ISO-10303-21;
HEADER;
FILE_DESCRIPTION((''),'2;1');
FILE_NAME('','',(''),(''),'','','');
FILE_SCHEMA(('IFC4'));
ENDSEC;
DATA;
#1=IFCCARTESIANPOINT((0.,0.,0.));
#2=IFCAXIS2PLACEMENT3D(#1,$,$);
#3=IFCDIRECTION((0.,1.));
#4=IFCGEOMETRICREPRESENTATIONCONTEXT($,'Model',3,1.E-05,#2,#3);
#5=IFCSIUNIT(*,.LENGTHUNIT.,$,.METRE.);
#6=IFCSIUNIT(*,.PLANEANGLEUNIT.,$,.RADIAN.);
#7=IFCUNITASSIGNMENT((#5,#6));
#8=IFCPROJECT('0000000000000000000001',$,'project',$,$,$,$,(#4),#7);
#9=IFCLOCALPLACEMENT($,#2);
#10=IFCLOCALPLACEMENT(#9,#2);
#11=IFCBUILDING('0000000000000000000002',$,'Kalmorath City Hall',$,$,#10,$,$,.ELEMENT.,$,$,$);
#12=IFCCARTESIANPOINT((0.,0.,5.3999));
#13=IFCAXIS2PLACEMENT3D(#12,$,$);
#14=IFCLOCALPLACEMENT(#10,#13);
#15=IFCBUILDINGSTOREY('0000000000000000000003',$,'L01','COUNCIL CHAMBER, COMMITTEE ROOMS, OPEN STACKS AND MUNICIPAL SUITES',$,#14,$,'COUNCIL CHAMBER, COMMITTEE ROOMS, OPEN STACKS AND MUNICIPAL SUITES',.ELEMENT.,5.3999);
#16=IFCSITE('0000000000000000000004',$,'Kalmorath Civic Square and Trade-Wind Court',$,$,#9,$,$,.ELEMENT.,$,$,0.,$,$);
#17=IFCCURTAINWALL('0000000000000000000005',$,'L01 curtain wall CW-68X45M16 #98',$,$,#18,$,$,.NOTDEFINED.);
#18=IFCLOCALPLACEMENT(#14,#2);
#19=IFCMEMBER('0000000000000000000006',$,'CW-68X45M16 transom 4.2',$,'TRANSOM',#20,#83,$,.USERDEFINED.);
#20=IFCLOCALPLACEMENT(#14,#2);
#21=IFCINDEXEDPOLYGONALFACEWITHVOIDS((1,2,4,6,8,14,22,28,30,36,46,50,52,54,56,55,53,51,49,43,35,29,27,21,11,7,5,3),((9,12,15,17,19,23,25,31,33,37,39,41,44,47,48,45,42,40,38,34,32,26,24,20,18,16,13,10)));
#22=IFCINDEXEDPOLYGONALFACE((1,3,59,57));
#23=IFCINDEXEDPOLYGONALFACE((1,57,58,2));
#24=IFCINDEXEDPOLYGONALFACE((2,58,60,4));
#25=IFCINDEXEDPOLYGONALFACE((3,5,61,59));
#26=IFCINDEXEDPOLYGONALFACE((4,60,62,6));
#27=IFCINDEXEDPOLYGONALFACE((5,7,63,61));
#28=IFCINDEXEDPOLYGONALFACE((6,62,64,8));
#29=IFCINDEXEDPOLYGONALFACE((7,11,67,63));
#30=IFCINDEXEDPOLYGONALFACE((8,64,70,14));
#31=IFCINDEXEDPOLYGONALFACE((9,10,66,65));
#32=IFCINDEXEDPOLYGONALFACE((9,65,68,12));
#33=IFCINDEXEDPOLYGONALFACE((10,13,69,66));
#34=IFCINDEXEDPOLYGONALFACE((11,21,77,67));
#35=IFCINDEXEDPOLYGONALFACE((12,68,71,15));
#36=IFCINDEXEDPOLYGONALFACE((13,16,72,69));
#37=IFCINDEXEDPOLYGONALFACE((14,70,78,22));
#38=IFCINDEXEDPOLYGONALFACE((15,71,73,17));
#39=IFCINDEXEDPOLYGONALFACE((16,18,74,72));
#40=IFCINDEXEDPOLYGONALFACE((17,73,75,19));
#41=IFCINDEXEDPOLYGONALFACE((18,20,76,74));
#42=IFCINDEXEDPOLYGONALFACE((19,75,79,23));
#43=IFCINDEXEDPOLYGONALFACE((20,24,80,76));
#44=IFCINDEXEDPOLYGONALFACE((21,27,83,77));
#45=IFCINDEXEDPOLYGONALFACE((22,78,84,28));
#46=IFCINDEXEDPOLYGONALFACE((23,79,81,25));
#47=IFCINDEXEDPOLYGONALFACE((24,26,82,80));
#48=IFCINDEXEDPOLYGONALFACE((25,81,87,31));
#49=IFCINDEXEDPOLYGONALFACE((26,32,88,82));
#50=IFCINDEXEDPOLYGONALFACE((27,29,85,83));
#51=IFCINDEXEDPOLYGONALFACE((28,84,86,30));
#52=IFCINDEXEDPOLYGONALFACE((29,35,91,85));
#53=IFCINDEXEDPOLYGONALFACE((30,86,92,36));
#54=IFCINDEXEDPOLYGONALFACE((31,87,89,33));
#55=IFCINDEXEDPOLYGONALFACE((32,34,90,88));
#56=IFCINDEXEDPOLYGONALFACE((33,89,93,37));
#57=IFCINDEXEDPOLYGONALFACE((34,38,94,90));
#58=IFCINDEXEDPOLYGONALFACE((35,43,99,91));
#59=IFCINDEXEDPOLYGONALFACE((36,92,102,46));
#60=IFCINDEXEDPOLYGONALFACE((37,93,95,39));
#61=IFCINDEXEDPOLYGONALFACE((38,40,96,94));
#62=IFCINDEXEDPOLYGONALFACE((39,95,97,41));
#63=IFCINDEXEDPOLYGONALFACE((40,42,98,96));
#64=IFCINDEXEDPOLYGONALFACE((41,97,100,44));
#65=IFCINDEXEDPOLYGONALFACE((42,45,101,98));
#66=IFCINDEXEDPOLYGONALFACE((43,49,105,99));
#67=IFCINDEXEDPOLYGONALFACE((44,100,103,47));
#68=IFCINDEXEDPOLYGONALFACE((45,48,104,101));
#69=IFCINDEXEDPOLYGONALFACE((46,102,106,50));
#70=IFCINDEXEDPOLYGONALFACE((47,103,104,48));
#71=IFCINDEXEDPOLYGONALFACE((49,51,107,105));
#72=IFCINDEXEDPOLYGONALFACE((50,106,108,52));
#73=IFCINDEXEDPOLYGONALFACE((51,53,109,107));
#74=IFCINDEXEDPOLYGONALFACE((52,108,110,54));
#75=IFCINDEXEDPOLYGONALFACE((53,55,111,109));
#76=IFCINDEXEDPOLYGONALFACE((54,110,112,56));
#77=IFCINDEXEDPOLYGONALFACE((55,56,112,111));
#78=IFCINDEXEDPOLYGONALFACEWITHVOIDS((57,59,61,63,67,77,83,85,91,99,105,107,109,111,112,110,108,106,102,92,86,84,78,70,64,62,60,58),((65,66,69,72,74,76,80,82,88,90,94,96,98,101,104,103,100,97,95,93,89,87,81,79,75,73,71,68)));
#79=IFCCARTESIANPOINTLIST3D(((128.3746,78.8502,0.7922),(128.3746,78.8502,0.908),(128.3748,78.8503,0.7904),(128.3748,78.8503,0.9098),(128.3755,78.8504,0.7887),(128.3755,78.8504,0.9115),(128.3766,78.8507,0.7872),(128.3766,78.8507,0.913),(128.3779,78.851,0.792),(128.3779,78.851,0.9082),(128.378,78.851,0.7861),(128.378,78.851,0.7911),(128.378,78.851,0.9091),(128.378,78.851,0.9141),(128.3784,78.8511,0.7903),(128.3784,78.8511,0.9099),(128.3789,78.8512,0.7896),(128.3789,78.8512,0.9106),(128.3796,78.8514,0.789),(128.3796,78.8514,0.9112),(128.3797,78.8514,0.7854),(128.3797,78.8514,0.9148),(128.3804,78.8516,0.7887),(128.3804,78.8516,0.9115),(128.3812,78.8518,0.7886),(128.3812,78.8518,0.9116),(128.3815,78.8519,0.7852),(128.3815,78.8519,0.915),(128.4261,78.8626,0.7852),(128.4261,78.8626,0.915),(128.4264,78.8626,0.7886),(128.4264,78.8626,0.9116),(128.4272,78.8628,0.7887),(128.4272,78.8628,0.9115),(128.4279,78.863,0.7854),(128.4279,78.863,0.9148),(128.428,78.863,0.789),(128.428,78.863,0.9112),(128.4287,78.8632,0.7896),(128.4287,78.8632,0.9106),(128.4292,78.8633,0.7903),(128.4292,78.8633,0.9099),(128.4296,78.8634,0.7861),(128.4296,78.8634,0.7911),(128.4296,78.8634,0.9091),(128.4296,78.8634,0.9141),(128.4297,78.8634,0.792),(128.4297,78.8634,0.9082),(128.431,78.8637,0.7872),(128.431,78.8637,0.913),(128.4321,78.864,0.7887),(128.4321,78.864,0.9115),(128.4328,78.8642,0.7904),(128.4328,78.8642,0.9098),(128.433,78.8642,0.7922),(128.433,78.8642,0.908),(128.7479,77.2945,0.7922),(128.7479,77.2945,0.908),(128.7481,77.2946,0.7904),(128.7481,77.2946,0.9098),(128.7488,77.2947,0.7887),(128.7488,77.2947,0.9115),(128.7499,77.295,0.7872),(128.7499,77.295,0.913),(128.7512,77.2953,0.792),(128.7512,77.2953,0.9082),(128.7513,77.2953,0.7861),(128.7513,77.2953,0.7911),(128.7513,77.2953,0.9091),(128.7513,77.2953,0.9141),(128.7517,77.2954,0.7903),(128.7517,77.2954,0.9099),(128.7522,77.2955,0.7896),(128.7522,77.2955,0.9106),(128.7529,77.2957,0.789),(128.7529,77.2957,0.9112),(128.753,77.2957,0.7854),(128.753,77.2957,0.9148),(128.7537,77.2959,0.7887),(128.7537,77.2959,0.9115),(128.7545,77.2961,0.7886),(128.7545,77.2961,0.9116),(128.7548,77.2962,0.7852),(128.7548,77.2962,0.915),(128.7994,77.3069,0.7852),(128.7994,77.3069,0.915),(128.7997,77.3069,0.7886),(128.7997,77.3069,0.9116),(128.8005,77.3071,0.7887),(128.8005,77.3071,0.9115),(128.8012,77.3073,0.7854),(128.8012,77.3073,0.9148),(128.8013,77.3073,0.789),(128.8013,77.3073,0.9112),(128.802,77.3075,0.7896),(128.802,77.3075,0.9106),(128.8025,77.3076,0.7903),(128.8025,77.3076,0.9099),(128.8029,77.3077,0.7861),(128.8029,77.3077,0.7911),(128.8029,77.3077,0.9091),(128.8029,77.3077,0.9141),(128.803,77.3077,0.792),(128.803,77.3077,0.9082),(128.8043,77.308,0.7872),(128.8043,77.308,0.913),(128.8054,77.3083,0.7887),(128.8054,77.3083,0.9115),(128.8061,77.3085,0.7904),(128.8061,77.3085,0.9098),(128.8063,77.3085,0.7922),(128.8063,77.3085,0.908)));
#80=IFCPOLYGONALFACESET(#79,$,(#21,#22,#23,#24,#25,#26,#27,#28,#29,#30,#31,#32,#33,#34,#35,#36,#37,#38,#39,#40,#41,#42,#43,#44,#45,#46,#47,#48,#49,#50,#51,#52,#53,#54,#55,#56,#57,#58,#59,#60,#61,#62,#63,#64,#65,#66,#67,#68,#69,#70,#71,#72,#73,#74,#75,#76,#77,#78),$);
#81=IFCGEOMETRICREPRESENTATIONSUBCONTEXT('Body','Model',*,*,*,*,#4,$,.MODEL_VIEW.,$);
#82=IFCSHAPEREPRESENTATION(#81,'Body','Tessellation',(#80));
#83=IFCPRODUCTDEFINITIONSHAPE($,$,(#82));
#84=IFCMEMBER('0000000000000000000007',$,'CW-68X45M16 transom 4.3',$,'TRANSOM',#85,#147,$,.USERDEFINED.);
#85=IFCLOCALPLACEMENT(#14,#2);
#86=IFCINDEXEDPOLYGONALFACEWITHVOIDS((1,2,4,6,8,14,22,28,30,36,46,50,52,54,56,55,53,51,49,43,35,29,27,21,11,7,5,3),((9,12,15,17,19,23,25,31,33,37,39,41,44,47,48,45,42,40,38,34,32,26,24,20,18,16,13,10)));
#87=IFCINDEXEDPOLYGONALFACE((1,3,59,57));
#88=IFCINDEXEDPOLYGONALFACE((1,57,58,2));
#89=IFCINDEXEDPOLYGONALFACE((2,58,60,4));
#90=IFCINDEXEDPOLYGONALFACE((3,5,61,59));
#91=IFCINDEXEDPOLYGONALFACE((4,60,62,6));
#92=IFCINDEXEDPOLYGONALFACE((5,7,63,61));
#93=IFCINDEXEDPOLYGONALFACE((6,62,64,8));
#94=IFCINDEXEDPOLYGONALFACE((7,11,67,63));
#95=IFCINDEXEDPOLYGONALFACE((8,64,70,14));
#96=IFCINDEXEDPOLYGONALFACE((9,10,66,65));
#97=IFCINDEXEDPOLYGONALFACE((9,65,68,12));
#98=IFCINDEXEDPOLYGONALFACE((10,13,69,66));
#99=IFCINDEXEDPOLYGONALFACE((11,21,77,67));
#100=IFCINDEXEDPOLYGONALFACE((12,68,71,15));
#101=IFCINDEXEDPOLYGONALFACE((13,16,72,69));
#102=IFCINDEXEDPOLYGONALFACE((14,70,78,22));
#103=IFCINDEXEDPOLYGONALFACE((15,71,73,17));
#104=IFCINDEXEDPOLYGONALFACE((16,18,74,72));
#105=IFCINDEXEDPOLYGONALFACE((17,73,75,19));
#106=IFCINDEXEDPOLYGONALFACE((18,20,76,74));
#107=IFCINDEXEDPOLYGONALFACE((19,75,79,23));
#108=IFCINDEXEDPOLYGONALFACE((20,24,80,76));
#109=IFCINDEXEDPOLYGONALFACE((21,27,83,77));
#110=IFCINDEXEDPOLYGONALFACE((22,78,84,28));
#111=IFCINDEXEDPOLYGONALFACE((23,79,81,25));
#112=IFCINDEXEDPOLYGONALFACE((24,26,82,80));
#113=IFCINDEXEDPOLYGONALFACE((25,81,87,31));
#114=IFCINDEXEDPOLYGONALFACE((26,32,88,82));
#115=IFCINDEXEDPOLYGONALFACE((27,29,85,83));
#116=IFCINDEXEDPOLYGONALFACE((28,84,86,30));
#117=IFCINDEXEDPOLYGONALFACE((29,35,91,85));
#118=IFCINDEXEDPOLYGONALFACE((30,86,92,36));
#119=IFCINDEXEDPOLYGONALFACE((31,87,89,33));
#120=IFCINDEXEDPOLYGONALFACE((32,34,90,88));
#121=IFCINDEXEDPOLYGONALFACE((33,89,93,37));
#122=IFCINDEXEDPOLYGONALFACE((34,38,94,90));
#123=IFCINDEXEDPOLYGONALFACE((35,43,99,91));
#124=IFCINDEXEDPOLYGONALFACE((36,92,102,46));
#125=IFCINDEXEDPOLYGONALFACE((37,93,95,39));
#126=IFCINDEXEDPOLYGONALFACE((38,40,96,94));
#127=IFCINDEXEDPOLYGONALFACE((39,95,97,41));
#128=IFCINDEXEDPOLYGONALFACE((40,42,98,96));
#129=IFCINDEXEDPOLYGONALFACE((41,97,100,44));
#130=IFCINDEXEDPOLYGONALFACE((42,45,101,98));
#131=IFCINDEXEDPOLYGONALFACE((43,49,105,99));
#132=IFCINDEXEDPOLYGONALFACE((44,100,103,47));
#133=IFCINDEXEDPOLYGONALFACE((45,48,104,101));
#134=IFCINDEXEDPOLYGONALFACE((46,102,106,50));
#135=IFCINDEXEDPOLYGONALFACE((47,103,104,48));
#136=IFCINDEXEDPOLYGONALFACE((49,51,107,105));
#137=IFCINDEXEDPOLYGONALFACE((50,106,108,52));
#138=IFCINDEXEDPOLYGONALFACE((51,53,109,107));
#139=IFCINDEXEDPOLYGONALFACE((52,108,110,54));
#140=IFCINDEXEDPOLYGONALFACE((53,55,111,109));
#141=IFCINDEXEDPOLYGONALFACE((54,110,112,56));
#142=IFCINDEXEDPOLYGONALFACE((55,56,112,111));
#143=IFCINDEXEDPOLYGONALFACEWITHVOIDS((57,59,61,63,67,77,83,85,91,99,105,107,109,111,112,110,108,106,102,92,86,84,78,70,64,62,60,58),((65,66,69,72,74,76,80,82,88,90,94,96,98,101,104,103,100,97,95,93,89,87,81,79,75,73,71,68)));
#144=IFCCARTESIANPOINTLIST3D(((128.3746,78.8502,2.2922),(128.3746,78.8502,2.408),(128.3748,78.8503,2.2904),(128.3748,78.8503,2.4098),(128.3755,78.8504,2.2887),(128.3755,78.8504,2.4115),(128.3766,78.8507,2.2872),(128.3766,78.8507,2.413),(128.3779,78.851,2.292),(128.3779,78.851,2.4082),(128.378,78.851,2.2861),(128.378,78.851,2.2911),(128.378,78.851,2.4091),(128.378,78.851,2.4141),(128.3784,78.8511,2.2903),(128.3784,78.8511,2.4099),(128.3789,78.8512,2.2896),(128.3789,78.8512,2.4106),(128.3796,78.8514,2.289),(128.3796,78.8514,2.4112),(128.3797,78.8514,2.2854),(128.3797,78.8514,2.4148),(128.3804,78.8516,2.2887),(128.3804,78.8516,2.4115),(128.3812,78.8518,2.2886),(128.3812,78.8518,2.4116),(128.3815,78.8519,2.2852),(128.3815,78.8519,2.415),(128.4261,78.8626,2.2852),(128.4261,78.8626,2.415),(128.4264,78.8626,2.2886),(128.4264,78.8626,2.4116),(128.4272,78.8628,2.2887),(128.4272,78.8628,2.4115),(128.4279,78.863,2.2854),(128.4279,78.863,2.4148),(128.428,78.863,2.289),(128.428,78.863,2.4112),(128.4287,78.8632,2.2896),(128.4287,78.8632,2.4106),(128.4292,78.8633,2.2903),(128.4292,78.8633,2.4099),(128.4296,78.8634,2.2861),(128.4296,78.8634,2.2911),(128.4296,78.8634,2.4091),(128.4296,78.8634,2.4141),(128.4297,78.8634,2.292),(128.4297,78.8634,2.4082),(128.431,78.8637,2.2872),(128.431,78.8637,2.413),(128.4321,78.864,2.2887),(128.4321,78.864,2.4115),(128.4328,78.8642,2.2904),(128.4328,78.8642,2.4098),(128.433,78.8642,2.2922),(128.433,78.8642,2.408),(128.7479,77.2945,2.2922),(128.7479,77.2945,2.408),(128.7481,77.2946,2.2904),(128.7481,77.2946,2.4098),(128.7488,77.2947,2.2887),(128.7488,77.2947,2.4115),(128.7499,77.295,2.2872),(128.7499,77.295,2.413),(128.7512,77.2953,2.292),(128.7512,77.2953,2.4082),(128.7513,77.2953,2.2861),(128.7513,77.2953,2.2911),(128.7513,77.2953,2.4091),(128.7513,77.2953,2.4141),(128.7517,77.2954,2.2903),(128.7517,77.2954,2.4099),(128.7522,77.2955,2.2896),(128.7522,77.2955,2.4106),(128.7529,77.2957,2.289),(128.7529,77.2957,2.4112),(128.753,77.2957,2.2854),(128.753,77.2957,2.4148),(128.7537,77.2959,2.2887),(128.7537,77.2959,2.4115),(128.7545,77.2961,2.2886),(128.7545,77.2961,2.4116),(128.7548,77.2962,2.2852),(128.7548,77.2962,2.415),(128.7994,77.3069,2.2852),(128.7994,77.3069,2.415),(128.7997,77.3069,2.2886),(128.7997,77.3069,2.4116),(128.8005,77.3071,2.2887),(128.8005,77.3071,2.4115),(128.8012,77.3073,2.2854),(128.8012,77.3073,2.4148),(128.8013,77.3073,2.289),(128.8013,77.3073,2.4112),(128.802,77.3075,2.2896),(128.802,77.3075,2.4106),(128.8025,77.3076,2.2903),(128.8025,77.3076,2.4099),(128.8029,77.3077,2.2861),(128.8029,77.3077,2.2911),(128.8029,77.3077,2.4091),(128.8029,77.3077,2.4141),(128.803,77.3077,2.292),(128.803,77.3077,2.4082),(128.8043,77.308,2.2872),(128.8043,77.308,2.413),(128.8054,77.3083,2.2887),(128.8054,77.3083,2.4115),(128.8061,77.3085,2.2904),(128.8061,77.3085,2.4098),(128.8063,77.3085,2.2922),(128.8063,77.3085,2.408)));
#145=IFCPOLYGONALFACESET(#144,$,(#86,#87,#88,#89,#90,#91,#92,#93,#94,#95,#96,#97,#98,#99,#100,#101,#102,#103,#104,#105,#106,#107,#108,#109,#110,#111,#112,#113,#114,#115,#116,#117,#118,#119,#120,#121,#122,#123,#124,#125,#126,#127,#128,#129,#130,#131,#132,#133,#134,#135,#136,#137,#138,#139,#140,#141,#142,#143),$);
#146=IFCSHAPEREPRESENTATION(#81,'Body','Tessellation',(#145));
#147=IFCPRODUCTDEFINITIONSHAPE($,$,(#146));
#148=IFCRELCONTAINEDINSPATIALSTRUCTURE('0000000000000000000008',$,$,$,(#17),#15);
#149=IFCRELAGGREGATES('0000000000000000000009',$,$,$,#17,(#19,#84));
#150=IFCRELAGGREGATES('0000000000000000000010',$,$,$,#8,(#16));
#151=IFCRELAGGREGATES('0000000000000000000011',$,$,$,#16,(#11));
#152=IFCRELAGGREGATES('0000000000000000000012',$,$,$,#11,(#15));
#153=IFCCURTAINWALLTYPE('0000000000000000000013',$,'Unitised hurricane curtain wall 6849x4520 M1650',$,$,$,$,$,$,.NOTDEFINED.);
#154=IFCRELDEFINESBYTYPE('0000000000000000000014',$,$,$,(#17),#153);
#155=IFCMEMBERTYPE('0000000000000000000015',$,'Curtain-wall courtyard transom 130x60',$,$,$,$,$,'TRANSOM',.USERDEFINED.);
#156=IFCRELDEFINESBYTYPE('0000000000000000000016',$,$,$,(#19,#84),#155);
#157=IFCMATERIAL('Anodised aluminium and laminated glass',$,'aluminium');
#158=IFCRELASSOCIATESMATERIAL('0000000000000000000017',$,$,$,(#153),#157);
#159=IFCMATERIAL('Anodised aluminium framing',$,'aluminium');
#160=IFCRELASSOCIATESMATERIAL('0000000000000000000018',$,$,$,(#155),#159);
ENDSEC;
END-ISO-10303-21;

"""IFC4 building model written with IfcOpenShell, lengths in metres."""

from ifc_helpers import new_model, si_unit, direction, frame, origin, origin_2d, place, context, subcontext, project, spatial, hollow_rectangle, extrude, material, material_profile, profile_set, type_object, element, aggregate, save


model = new_model("IFC4")

# Units and contexts
model_context = context("Model", 3, precision=1e-05, world=origin(), true_north=direction((0.0, 1.0)))
body_context = subcontext(model_context, "Body", "Model", "MODEL_VIEW")
ifc_project = project(units=[si_unit("LENGTHUNIT", "METRE"), si_unit("PLANEANGLEUNIT", "RADIAN")], contexts=[model_context])

# Site, building, storey
site_placement = place(None, origin())
site = spatial("IfcSite", under=ifc_project, at=site_placement, Name="Kalmorath Civic Square and Trade-Wind Court", CompositionType="ELEMENT", RefElevation=0.0)
building_placement = place(site_placement, origin())
building = spatial("IfcBuilding", under=site, at=building_placement, Name="Kalmorath City Hall", CompositionType="ELEMENT")
storey_placement = place(building_placement, frame((0.0, 0.0, 5.3999)))
storey = spatial("IfcBuildingStorey", under=building, at=storey_placement, Name="L01", Description="COUNCIL CHAMBER, COMMITTEE ROOMS, OPEN STACKS AND MUNICIPAL SUITES", LongName="COUNCIL CHAMBER, COMMITTEE ROOMS, OPEN STACKS AND MUNICIPAL SUITES", CompositionType="ELEMENT", Elevation=5.3999)

# Curtain wall, members
ifc_material_1 = material(Name="Anodised aluminium and laminated glass", Category="aluminium")
curtain_wall_type = type_object("IfcCurtainWallType", Name="Unitised hurricane curtain wall 6849x4520 M1650", PredefinedType="NOTDEFINED", material=ifc_material_1)
curtain_wall_placement = place(storey_placement, origin())
curtain_wall = element("IfcCurtainWall", 1, at=curtain_wall_placement, inside=storey, type_object=curtain_wall_type, Name="L01 curtain wall CW-68X45M16 #98", PredefinedType="NOTDEFINED")
ifc_material_2 = material(Name="Anodised aluminium framing", Category="aluminium")
ifc_material_profile_1 = material_profile(ifc_material_2, hollow_rectangle(XDim=0.0601, YDim=0.1299, WallThickness=0.0034, InnerFilletRadius=0.0034, OuterFilletRadius=0.0071, at=origin_2d()), Name="ALU-TRN-130X60X3.5")
ifc_profile_set_1 = profile_set([ifc_material_profile_1], Name="Anodised aluminium framing")
member_type_1 = type_object("IfcMemberType", Name="Curtain-wall courtyard transom 130x60", ElementType="TRANSOM", PredefinedType="USERDEFINED", material=ifc_profile_set_1)
member_1_placement = place(storey_placement, frame((128.7771, 77.3015, 0.8501), z_axis=(-0.233333, 0.972397, 0.0), x_axis=(-0.972397, -0.233333, 0.0)))
member_1 = element("IfcMember", 2, at=member_1_placement, type_object=member_type_1, Name="CW-68X45M16 transom 4.2", ObjectType="TRANSOM", PredefinedType="USERDEFINED", context=body_context, shape_type="SweptSolid", body=[
    extrude(hollow_rectangle(XDim=0.0601, YDim=0.1299, WallThickness=0.0034, InnerFilletRadius=0.0034, OuterFilletRadius=0.0071, at=origin_2d()), origin(), (0.0, 0.0, 1.0), 1.5999),
])
member_2_placement = place(storey_placement, frame((128.7771, 77.3015, 2.3501), z_axis=(-0.233333, 0.972397, 0.0), x_axis=(-0.972397, -0.233333, 0.0)))
member_2 = element("IfcMember", 3, at=member_2_placement, type_object=member_type_1, Name="CW-68X45M16 transom 4.3", ObjectType="TRANSOM", PredefinedType="USERDEFINED", context=body_context, shape_type="SweptSolid", body=[
    extrude(hollow_rectangle(XDim=0.0601, YDim=0.1299, WallThickness=0.0034, InnerFilletRadius=0.0034, OuterFilletRadius=0.0071, at=origin_2d()), origin(), (0.0, 0.0, 1.0), 1.5999),
])
aggregate(curtain_wall, [member_1, member_2])

save(model, "model.ifc")
